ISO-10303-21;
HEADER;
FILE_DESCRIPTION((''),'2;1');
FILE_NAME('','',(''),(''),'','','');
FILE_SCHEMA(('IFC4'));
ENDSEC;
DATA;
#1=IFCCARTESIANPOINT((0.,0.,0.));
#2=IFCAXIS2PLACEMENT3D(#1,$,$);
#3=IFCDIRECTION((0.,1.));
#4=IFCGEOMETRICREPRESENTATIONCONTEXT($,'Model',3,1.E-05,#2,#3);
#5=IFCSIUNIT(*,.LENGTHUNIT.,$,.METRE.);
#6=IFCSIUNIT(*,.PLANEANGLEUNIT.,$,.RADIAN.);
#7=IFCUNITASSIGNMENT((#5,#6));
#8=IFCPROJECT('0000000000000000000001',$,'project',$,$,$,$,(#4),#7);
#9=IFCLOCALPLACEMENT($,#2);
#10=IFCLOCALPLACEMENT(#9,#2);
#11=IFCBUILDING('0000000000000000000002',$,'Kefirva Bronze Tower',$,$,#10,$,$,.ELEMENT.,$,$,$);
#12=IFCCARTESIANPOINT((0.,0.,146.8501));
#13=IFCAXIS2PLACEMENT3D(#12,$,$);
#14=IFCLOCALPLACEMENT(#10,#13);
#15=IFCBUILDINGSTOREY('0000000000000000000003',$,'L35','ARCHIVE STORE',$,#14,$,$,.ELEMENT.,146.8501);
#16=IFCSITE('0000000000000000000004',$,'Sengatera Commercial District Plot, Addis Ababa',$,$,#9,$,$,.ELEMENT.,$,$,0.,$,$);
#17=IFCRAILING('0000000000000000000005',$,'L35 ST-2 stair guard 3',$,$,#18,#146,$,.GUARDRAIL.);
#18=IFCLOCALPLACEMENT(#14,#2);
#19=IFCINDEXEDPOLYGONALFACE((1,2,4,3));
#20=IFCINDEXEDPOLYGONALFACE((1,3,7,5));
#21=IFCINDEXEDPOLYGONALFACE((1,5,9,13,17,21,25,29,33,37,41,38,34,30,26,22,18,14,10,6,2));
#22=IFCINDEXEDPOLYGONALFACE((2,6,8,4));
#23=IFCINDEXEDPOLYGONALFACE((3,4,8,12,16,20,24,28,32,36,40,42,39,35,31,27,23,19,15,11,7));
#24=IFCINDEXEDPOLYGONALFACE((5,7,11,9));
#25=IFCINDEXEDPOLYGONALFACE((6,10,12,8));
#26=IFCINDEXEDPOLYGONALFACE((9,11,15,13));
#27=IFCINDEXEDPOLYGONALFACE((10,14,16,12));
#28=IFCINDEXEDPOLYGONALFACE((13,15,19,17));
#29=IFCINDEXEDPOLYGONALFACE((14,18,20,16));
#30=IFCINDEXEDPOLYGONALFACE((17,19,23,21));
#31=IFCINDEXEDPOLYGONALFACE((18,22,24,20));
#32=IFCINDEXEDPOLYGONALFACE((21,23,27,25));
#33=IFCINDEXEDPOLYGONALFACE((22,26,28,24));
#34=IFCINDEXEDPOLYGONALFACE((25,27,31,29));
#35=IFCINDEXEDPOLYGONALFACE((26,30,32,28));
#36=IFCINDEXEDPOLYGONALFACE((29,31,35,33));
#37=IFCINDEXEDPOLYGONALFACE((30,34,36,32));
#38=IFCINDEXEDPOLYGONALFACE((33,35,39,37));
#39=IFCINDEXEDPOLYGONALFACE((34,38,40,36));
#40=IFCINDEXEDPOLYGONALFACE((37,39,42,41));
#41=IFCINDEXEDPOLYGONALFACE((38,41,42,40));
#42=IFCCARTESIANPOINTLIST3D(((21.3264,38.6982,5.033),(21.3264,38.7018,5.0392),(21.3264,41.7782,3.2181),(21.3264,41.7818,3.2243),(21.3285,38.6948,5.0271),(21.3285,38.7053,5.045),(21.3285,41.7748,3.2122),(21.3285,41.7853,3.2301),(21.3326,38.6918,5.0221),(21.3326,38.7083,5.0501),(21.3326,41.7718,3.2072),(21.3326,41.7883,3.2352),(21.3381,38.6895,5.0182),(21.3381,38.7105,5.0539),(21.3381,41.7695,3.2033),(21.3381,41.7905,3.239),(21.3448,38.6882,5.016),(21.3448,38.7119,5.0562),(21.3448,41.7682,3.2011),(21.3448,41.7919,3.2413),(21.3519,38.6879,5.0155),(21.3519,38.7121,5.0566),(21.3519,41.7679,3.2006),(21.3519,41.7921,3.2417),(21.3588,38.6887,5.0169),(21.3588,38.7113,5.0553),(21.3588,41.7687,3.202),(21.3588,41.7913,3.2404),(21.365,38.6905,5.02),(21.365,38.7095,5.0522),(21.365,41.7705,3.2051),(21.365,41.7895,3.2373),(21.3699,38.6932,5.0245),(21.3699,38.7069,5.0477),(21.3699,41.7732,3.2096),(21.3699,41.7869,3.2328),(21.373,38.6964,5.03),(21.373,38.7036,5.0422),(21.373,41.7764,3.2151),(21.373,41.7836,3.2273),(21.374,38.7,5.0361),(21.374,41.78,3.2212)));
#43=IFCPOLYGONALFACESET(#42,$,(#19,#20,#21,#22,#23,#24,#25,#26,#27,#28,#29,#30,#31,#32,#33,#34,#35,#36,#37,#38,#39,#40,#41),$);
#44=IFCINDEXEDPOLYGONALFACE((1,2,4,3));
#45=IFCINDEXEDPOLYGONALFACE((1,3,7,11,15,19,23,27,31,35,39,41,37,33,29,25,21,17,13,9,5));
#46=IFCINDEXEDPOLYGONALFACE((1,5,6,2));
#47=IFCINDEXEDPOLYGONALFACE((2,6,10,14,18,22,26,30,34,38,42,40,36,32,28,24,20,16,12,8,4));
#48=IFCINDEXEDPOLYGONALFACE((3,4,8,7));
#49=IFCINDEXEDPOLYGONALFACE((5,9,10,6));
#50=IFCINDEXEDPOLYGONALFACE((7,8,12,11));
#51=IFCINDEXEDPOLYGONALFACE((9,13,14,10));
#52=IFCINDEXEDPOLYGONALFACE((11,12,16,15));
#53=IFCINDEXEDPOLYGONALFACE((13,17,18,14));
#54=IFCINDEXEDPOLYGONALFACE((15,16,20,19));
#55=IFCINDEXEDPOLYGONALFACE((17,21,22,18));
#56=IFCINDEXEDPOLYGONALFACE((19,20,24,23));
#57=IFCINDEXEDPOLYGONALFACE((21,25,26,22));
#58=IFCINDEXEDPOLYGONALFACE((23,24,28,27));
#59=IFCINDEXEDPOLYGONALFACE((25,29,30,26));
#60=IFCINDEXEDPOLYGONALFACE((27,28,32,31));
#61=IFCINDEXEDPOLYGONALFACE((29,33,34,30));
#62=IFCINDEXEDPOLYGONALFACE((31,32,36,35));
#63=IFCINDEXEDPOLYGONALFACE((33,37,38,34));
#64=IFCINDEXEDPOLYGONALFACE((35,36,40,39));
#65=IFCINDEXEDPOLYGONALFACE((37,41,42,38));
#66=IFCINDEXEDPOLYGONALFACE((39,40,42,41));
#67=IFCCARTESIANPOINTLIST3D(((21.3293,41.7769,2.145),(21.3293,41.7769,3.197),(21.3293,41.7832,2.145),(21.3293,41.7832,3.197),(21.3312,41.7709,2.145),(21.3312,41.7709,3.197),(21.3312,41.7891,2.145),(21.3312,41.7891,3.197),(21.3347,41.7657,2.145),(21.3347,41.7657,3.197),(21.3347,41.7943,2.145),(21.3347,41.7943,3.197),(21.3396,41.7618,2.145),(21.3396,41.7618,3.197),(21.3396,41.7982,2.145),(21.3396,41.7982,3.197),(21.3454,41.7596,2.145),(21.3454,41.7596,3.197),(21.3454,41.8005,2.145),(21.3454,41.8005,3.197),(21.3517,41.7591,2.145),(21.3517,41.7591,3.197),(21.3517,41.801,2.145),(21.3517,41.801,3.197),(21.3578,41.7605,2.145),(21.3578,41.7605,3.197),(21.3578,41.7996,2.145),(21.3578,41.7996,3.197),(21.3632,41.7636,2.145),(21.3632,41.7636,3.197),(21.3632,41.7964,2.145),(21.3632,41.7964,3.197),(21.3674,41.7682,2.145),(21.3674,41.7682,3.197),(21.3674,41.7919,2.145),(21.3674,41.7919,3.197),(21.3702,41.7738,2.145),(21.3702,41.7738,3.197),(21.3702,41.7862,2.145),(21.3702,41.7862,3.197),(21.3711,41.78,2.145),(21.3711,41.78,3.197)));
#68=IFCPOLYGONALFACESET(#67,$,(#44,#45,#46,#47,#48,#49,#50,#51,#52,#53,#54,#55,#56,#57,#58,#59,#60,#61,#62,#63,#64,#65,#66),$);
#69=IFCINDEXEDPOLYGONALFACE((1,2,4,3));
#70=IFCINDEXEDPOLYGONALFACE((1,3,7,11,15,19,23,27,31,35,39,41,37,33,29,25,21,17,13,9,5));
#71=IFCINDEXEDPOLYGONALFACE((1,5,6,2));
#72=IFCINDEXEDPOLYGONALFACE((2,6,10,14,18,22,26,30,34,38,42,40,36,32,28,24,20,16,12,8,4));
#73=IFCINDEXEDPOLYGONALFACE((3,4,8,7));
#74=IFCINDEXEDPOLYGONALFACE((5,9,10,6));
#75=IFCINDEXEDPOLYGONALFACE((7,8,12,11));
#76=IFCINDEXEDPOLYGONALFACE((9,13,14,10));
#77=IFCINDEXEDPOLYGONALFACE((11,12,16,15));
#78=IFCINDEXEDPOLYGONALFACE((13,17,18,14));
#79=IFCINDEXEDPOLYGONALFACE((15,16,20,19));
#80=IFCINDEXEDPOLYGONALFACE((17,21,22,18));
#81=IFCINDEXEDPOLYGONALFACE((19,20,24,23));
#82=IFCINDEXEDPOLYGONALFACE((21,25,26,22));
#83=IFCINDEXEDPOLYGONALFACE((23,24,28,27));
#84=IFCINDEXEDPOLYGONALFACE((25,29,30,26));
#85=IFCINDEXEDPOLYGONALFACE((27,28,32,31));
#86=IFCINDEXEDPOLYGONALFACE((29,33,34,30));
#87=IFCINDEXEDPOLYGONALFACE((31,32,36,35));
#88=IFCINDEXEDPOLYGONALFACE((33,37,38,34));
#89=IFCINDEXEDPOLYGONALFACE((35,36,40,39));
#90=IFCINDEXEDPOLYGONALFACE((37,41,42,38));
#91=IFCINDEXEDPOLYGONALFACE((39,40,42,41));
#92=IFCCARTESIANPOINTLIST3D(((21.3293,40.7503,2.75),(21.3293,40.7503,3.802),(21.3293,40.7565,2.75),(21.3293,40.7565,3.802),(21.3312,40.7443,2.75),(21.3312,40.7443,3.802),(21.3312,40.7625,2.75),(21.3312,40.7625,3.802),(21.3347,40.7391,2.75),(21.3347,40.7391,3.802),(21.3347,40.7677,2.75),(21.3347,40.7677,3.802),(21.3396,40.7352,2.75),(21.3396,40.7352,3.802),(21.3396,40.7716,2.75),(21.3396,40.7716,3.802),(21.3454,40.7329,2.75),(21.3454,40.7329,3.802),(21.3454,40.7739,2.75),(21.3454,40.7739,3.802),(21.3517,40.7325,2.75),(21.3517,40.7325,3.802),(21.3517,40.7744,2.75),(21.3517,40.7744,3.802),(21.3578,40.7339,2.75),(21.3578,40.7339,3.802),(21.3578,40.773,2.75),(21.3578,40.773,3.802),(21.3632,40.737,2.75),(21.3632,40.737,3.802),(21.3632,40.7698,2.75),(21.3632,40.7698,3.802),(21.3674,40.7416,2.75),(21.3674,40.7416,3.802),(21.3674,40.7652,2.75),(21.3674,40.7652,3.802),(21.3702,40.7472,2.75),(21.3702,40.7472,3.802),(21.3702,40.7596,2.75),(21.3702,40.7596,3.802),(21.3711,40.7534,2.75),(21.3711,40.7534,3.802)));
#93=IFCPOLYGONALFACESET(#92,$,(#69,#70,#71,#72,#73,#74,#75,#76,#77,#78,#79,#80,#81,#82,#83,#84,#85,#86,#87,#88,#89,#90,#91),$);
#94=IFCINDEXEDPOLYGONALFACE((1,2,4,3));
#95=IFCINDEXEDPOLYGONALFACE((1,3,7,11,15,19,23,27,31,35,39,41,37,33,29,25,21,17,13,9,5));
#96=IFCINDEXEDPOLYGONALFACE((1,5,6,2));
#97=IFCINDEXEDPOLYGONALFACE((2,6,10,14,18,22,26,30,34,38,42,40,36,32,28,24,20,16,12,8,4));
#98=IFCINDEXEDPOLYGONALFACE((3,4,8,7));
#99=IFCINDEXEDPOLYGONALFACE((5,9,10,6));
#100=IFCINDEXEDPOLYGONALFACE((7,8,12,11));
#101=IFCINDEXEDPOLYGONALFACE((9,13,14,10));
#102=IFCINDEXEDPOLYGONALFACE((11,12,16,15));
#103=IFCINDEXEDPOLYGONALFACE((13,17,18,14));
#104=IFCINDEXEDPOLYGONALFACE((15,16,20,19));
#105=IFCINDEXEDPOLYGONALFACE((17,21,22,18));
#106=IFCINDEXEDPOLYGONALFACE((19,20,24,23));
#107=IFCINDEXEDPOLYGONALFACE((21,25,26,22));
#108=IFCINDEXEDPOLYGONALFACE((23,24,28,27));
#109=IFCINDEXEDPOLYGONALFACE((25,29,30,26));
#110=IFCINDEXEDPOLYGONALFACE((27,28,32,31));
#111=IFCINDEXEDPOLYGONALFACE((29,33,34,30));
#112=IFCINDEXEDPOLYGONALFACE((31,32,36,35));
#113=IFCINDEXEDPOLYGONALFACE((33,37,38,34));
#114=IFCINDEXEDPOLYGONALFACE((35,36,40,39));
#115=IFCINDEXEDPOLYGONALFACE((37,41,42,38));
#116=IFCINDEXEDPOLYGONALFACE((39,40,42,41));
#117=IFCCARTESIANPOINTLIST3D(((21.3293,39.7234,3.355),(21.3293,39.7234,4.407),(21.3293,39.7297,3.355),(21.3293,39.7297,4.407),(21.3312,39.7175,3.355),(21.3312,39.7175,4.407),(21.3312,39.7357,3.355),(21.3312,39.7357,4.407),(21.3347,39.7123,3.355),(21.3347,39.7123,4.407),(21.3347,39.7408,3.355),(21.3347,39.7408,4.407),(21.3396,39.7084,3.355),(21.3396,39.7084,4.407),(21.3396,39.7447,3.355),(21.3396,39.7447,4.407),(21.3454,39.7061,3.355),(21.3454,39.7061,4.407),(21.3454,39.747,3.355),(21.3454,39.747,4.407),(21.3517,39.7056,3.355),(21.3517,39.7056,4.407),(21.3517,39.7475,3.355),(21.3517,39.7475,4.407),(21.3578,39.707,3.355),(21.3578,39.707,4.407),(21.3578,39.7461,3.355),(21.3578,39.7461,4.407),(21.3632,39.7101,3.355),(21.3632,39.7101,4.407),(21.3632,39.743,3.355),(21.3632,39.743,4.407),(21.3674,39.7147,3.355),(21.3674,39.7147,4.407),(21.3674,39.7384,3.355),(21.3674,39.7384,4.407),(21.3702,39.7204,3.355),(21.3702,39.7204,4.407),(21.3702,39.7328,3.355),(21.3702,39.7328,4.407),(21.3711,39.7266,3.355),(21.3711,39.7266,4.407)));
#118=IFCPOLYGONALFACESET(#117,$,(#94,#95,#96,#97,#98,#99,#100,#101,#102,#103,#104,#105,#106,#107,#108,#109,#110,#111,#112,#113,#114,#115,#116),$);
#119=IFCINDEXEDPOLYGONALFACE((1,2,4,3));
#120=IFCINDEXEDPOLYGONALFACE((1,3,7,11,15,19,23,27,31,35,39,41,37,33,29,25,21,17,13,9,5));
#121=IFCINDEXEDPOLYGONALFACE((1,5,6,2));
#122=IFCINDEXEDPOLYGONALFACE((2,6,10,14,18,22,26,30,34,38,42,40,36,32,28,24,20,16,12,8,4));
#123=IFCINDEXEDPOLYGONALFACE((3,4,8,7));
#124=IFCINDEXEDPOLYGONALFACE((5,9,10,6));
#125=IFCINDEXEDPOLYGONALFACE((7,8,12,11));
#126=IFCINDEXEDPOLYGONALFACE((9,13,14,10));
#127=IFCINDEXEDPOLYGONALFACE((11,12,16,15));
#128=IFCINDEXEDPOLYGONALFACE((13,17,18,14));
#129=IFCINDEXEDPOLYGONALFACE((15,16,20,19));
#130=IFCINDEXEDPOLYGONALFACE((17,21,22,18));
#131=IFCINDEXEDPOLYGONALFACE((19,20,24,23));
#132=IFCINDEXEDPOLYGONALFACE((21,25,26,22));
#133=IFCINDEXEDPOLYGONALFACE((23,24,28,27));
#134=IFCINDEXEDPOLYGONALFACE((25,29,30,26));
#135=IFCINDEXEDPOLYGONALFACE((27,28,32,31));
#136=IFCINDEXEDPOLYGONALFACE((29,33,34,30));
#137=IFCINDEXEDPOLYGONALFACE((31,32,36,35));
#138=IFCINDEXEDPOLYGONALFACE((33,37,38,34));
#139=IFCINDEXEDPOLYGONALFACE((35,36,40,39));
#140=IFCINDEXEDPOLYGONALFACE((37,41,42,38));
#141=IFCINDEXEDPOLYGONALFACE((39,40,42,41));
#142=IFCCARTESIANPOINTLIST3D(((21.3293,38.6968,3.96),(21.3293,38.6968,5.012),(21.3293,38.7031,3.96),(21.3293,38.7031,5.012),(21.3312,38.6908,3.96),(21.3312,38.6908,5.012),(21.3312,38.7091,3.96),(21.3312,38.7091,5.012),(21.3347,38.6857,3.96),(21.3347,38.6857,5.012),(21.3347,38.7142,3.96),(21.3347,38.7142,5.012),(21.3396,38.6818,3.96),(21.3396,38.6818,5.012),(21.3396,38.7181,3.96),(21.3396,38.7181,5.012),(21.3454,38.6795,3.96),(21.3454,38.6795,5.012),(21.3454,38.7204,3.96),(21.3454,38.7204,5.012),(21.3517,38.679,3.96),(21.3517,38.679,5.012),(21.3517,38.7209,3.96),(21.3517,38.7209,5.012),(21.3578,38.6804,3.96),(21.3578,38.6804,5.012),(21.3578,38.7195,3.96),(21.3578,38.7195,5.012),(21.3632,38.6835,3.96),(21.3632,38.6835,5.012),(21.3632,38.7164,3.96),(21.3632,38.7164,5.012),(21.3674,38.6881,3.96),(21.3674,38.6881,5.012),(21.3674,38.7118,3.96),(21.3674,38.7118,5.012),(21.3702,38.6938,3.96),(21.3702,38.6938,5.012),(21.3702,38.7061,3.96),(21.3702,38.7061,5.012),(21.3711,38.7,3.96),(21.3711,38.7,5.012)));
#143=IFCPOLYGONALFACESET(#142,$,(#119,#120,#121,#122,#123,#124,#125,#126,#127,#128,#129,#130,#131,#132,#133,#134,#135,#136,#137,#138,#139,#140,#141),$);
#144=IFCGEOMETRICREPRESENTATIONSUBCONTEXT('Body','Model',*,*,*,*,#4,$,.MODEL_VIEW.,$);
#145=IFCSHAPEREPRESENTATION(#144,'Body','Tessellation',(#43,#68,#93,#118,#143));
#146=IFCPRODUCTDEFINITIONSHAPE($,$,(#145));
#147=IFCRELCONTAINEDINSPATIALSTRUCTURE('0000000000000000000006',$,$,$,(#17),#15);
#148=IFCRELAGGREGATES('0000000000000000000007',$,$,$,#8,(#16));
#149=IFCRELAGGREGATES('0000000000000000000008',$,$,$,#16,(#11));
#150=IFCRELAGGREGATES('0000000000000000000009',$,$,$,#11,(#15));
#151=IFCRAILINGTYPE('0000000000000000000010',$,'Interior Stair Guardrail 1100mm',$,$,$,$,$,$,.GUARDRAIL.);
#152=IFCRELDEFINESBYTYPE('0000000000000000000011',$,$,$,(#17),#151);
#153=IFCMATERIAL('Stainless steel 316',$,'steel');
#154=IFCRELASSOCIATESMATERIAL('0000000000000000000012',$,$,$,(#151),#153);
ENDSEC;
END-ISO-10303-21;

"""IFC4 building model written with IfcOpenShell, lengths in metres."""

from ifc_helpers import new_model, si_unit, direction, frame, origin, origin_2d, place, context, subcontext, project, spatial, circle, extrude, material, type_object, element, save


model = new_model("IFC4")

# Units and contexts
model_context = context("Model", 3, precision=1e-05, world=origin(), true_north=direction((0.0, 1.0)))
body_context = subcontext(model_context, "Body", "Model", "MODEL_VIEW")
ifc_project = project(units=[si_unit("LENGTHUNIT", "METRE"), si_unit("PLANEANGLEUNIT", "RADIAN")], contexts=[model_context])

# Site, building, storey
site_placement = place(None, origin())
site = spatial("IfcSite", under=ifc_project, at=site_placement, Name="Sengatera Commercial District Plot, Addis Ababa", CompositionType="ELEMENT", RefElevation=0.0)
building_placement = place(site_placement, origin())
building = spatial("IfcBuilding", under=site, at=building_placement, Name="Kefirva Bronze Tower", CompositionType="ELEMENT")
storey_placement = place(building_placement, frame((0.0, 0.0, 146.8501)))
storey = spatial("IfcBuildingStorey", under=building, at=storey_placement, Name="L35", Description="ARCHIVE STORE", CompositionType="ELEMENT", Elevation=146.8501)

# Railing
ifc_material_1 = material(Name="Stainless steel 316", Category="steel")
railing_type_1 = type_object("IfcRailingType", Name="Interior Stair Guardrail 1100mm", PredefinedType="GUARDRAIL", material=ifc_material_1)
railing_1_placement = place(storey_placement, frame((21.3501, 41.78, 2.145)))
element("IfcRailing", 1, at=railing_1_placement, inside=storey, type_object=railing_type_1, Name="L35 ST-2 stair guard 3", PredefinedType="GUARDRAIL", context=body_context, shape_type="SweptSolid", body=[
    extrude(circle(Radius=0.0239, at=origin_2d()), frame((0.0, 0.0, 1.0762), z_axis=(0.0, -0.861551, 0.507671), x_axis=(1.0, 0.0, 0.0)), (0.0, 0.0, 1.0), 3.575),
    extrude(circle(Radius=0.021, at=origin_2d()), origin(), (0.0, 0.0, 1.0), 1.052),
    extrude(circle(Radius=0.021, at=origin_2d()), frame((0.0, -1.0266, 0.605)), (0.0, 0.0, 1.0), 1.052),
    extrude(circle(Radius=0.021, at=origin_2d()), frame((0.0, -2.0535, 1.21)), (0.0, 0.0, 1.0), 1.052),
    extrude(circle(Radius=0.021, at=origin_2d()), frame((0.0, -3.0801, 1.8149)), (0.0, 0.0, 1.0), 1.052),
])

save(model, "model.ifc")
